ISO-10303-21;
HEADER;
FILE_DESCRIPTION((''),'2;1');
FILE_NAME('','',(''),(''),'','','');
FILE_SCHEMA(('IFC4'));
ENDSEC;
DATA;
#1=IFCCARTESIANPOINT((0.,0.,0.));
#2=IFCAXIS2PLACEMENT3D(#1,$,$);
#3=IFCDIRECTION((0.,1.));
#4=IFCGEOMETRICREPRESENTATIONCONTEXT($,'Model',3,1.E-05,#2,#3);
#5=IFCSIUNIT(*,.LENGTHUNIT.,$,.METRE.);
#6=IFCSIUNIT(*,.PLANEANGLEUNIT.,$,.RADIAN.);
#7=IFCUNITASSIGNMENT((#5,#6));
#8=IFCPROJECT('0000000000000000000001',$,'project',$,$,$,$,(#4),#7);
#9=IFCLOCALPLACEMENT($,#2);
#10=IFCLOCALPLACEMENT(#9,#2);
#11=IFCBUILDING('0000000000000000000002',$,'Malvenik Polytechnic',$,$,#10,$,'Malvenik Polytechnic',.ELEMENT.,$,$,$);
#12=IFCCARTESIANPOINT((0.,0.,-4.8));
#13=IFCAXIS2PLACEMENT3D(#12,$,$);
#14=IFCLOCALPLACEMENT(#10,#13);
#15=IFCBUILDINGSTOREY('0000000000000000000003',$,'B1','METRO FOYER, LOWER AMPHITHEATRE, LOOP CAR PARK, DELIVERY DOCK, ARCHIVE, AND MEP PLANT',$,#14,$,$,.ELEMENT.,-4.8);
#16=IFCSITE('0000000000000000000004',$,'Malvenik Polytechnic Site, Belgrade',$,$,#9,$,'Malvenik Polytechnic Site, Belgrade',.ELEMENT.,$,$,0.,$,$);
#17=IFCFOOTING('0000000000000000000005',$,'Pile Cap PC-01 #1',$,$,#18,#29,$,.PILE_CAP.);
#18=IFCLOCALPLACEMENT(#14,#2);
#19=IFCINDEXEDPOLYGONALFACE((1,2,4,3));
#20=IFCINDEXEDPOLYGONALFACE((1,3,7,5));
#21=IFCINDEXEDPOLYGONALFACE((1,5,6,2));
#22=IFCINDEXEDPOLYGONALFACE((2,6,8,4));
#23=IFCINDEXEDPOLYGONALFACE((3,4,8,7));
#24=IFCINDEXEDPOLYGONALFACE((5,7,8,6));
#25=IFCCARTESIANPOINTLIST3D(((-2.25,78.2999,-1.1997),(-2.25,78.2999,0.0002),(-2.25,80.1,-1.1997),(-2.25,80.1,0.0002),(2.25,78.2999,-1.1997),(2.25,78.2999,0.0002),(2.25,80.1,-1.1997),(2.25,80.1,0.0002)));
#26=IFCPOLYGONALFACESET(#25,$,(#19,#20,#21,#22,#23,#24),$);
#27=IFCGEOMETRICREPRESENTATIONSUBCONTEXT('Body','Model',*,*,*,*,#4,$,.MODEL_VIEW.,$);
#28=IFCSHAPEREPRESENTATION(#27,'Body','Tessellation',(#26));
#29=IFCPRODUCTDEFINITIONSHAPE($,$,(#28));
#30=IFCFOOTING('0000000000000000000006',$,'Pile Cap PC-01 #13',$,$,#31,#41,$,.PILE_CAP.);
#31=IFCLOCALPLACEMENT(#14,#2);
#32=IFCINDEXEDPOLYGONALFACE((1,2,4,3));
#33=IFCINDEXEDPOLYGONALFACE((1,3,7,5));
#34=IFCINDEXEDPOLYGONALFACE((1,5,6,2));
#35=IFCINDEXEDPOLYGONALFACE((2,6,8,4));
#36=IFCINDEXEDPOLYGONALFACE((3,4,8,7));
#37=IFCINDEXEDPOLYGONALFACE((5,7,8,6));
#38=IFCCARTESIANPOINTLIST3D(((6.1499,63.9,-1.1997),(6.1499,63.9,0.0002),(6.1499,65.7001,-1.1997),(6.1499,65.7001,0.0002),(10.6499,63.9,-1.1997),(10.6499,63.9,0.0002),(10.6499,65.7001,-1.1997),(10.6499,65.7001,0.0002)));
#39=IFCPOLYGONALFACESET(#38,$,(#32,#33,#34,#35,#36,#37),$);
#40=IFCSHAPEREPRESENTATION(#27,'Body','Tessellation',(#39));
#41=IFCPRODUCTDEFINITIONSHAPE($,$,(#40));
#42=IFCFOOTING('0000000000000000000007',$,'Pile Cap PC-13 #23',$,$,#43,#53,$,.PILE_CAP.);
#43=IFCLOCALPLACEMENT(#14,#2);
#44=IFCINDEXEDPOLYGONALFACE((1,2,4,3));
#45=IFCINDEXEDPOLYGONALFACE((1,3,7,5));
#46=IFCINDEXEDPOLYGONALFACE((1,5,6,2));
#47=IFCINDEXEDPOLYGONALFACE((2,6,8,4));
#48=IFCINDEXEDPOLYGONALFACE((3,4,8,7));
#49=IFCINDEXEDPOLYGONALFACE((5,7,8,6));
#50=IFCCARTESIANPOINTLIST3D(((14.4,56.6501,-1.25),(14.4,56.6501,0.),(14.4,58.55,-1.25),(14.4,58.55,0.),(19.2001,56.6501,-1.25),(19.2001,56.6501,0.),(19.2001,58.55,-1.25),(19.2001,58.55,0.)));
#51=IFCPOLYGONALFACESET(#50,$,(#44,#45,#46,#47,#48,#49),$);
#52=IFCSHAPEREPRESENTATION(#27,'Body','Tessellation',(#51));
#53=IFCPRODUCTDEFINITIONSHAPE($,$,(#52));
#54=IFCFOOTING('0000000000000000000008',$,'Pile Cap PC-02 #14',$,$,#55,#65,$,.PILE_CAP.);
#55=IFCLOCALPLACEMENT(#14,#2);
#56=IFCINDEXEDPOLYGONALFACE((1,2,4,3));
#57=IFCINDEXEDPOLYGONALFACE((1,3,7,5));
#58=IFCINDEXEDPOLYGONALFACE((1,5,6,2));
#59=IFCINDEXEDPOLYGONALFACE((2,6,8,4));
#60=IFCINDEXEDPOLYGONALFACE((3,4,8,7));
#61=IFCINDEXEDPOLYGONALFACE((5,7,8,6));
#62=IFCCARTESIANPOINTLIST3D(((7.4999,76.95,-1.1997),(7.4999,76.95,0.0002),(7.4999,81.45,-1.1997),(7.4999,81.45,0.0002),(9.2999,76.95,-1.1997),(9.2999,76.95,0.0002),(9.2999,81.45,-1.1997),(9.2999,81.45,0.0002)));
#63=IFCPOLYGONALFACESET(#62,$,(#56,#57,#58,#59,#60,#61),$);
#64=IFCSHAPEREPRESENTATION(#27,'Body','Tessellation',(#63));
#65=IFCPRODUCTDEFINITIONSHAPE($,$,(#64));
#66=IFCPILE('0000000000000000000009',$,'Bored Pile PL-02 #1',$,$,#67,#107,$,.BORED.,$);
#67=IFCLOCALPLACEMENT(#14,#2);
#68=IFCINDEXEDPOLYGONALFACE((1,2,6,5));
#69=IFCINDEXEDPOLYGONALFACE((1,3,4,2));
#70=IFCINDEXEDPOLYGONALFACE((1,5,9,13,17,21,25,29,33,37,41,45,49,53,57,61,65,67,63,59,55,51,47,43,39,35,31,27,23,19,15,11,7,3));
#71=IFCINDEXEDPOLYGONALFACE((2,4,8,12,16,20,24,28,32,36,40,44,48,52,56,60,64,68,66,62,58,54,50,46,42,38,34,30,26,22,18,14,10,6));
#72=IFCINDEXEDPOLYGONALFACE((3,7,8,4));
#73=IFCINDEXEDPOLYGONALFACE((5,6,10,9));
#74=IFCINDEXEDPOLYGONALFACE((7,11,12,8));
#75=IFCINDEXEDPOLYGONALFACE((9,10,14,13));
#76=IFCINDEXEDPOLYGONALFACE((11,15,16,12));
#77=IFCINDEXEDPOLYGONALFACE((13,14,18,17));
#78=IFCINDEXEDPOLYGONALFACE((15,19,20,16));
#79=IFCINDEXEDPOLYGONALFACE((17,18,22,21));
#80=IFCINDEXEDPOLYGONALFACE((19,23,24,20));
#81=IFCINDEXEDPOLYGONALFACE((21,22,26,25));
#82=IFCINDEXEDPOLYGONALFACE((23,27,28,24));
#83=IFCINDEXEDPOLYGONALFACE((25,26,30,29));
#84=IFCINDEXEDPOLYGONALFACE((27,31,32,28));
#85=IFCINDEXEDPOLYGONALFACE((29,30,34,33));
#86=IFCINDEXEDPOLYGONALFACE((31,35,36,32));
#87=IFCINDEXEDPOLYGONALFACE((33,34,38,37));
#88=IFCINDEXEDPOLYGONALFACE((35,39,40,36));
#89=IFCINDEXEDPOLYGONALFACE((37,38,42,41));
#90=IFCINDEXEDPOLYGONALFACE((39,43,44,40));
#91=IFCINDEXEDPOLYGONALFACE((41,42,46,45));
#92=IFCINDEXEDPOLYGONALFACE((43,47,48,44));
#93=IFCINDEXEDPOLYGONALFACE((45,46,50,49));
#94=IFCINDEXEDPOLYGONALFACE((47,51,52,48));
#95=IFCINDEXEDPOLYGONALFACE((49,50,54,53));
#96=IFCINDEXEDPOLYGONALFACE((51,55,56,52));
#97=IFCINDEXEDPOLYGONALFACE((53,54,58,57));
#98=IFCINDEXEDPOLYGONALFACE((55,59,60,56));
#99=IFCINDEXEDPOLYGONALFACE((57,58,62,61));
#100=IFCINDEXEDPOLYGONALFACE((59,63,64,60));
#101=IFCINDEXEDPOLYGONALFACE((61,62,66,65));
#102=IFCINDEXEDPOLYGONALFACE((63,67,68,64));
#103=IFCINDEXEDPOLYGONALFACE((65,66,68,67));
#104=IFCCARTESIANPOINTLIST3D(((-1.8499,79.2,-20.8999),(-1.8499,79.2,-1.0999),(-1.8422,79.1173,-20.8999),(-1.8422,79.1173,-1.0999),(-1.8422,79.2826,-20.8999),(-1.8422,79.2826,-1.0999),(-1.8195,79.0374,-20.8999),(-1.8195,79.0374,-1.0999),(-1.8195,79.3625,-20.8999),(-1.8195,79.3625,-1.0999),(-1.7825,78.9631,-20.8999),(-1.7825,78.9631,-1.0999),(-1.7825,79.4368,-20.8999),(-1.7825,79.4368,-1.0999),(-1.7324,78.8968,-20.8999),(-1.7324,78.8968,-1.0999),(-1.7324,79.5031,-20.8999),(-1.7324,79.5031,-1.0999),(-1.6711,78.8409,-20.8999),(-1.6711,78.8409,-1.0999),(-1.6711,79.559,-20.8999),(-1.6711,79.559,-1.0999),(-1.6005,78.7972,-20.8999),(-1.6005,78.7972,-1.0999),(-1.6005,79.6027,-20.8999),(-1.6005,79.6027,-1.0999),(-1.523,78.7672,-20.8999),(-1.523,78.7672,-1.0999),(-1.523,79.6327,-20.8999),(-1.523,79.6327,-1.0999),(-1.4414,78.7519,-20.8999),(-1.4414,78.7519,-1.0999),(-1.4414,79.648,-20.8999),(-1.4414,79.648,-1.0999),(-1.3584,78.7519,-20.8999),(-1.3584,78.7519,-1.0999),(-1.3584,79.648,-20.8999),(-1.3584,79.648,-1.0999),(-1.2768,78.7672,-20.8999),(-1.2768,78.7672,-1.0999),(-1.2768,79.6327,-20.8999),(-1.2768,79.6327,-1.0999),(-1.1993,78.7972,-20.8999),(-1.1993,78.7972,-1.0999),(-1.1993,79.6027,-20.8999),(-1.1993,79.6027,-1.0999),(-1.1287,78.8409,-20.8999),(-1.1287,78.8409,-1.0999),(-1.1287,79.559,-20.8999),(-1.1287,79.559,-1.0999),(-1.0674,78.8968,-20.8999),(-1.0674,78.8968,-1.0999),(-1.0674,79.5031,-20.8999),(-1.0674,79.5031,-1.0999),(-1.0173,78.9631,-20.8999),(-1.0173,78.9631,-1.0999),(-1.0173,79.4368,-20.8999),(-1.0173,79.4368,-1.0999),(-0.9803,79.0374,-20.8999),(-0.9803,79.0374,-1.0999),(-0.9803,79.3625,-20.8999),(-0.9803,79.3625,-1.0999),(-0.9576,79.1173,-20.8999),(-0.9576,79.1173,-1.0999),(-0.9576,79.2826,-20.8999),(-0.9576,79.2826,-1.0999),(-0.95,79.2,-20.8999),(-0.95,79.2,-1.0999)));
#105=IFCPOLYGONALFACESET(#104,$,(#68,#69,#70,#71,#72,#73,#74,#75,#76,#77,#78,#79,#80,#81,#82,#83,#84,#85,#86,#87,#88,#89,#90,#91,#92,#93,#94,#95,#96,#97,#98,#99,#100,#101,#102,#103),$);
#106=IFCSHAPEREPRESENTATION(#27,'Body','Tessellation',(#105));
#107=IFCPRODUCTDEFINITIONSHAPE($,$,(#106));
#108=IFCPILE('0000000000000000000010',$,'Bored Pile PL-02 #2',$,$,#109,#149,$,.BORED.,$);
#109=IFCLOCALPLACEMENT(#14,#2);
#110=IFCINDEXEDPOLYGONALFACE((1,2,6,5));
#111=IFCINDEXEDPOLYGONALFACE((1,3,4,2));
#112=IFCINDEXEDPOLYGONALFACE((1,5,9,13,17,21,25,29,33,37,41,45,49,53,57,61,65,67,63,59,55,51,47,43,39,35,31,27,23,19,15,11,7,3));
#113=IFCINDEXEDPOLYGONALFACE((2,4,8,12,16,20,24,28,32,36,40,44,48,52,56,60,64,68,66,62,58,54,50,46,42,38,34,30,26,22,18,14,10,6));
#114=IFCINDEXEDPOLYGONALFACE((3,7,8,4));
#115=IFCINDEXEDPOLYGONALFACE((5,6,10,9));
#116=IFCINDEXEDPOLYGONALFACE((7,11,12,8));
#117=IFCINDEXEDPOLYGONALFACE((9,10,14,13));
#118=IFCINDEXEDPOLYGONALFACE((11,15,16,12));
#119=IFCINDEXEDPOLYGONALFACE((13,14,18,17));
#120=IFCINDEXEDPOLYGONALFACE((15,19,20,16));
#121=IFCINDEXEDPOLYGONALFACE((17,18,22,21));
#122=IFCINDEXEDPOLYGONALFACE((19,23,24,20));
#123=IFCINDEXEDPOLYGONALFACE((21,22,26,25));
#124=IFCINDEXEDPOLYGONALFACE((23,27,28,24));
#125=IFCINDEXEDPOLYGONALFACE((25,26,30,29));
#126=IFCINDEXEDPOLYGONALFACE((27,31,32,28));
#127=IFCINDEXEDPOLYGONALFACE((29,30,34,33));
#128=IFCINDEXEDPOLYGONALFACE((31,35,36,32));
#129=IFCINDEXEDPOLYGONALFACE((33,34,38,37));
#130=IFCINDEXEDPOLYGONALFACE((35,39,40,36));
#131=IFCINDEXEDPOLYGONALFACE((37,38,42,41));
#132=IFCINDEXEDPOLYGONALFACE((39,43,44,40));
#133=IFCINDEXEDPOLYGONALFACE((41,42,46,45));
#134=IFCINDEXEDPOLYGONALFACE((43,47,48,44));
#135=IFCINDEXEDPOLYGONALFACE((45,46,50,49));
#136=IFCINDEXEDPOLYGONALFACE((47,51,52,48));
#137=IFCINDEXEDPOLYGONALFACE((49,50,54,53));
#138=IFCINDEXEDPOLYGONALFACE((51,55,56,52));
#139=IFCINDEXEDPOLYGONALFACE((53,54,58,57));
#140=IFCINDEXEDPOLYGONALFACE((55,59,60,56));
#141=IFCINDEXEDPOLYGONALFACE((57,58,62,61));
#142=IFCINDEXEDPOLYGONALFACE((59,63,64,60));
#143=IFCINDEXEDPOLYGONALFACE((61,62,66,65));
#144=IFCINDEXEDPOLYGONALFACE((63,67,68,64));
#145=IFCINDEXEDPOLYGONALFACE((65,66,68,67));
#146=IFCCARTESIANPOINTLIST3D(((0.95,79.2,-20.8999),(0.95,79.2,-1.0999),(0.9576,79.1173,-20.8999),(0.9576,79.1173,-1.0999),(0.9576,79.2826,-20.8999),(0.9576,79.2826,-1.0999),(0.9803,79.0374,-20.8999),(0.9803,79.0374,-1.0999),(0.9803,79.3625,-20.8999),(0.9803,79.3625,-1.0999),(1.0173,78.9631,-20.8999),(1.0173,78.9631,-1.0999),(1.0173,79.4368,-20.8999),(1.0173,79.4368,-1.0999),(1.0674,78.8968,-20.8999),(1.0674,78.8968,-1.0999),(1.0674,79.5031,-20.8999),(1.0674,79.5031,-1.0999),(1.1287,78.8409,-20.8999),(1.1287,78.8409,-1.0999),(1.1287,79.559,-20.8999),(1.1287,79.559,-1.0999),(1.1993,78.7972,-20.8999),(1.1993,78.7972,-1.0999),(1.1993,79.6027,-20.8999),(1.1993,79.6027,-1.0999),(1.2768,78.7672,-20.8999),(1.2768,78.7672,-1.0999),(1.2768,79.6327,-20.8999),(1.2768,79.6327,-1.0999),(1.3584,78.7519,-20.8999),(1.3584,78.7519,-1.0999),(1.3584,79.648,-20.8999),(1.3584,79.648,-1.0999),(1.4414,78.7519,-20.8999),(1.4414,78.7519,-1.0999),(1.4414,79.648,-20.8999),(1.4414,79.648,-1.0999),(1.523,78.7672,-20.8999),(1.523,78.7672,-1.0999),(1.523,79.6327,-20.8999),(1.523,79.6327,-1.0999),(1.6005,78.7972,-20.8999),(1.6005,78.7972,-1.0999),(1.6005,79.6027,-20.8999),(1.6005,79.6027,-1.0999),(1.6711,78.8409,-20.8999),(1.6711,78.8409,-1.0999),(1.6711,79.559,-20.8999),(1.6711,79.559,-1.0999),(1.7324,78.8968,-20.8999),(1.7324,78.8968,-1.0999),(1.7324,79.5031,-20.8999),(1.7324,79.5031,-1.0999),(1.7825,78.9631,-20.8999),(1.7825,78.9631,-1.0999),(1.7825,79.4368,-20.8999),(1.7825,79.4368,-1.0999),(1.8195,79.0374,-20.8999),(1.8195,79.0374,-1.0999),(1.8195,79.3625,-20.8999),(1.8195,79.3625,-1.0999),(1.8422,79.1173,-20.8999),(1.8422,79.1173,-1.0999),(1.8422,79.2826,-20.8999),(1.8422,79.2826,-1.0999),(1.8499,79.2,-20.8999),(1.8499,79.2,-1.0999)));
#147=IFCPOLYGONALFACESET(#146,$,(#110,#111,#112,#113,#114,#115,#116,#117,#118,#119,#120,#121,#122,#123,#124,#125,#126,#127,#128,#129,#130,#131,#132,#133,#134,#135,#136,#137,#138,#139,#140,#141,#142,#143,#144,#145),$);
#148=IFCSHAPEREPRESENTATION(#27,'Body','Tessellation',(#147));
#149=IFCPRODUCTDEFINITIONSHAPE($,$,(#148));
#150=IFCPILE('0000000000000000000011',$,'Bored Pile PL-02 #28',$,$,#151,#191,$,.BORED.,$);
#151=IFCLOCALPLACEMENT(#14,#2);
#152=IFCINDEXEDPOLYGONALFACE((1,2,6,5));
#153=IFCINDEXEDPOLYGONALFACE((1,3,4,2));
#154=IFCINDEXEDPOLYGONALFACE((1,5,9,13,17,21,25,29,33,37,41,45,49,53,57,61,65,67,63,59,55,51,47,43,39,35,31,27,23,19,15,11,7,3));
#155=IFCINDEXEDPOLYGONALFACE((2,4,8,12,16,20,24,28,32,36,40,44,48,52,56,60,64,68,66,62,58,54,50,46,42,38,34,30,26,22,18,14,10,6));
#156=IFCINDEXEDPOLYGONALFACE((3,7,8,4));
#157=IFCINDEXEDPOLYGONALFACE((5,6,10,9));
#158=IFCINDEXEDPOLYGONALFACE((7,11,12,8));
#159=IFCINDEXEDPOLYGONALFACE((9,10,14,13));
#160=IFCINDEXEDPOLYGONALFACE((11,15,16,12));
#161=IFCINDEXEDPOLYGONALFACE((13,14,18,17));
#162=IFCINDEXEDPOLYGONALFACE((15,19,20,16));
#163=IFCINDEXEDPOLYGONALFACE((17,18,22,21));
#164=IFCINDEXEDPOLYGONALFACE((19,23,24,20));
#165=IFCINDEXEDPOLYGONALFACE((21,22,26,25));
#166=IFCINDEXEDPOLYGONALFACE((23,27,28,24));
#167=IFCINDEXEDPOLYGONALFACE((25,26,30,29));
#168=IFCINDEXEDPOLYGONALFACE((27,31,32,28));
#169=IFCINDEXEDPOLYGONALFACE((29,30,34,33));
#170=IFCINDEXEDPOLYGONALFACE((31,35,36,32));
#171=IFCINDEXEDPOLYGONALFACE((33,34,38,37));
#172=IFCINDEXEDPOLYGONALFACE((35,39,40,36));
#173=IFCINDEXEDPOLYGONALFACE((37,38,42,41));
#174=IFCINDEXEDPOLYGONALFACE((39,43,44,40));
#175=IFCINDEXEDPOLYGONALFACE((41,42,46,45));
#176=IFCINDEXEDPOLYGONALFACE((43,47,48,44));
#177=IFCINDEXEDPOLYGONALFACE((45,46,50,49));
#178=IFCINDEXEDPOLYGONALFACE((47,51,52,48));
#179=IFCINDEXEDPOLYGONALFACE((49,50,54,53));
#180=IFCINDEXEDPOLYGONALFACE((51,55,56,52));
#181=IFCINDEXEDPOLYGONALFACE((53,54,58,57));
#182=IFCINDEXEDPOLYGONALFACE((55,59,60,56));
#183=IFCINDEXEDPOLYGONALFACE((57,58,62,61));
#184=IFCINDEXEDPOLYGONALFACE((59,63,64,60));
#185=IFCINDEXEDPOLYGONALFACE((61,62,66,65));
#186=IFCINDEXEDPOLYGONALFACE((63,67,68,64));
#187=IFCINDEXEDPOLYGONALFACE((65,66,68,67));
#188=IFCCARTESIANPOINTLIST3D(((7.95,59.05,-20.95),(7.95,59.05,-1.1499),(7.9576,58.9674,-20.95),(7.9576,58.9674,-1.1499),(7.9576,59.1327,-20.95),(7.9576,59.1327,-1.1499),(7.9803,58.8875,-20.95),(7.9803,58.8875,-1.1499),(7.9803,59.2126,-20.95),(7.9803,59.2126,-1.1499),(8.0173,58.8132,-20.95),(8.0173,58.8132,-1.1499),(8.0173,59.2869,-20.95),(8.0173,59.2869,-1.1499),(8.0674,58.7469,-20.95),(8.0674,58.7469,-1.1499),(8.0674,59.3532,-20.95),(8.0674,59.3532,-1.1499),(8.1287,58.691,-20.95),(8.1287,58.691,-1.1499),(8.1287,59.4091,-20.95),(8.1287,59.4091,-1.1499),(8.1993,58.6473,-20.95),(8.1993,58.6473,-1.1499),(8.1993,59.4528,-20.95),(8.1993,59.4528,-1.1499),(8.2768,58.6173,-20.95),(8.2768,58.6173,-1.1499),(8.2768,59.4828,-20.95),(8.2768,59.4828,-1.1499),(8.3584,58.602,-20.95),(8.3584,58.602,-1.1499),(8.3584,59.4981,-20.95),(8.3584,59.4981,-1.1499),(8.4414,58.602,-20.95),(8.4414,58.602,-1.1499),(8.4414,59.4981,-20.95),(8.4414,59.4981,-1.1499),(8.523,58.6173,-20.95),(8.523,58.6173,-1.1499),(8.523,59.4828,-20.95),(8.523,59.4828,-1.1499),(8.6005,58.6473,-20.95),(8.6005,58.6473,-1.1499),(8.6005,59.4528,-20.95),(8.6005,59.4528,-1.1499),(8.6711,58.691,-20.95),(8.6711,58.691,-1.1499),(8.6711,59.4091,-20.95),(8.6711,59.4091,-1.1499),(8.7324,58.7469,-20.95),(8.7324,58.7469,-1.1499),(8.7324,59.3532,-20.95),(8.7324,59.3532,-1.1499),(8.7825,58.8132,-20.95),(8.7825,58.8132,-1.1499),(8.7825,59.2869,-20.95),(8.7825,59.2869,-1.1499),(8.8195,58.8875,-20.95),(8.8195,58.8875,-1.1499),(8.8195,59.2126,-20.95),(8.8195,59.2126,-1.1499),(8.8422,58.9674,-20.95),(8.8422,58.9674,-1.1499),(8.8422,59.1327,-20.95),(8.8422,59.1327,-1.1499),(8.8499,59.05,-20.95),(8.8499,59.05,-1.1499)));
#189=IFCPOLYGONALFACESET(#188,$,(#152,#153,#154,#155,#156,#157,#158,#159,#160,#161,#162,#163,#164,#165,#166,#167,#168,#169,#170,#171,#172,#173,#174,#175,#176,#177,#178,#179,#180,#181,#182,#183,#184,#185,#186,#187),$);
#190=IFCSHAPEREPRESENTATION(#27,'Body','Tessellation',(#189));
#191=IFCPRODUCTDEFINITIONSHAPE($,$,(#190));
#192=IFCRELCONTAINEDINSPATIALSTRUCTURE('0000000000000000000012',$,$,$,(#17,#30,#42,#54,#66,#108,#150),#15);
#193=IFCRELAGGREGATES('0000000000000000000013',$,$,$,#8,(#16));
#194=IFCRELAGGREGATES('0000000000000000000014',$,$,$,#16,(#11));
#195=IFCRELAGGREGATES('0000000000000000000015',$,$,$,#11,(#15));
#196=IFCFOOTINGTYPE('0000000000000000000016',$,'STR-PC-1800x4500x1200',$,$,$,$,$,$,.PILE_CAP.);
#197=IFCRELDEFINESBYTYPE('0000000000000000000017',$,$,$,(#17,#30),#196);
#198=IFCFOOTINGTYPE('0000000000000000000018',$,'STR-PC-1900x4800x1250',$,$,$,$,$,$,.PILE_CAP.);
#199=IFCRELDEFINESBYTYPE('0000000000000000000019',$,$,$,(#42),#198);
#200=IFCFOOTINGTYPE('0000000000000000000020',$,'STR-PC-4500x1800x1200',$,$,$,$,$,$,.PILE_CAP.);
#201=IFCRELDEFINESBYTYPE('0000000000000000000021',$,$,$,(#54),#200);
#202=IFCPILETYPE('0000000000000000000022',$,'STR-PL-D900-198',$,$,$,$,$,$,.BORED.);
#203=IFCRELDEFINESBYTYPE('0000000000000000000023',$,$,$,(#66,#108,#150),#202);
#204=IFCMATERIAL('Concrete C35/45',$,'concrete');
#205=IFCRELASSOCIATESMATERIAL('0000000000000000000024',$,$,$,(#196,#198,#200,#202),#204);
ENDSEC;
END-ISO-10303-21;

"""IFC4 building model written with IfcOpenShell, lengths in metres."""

from ifc_helpers import new_model, si_unit, direction, frame, origin, origin_2d, place, context, subcontext, project, spatial, rectangle, circle, extrude, material, material_profile, profile_set, type_object, element, save


model = new_model("IFC4")

# Units and contexts
model_context = context("Model", 3, precision=1e-05, world=origin(), true_north=direction((0.0, 1.0)))
body_context = subcontext(model_context, "Body", "Model", "MODEL_VIEW")
ifc_project = project(units=[si_unit("LENGTHUNIT", "METRE"), si_unit("PLANEANGLEUNIT", "RADIAN")], contexts=[model_context])

# Site, building, storey
site_placement = place(None, origin())
site = spatial("IfcSite", under=ifc_project, at=site_placement, Name="Malvenik Polytechnic Site, Belgrade", LongName="Malvenik Polytechnic Site, Belgrade", CompositionType="ELEMENT", RefElevation=0.0)
building_placement = place(site_placement, origin())
building = spatial("IfcBuilding", under=site, at=building_placement, Name="Malvenik Polytechnic", LongName="Malvenik Polytechnic", CompositionType="ELEMENT")
storey_placement = place(building_placement, frame((0.0, 0.0, -4.8)))
storey = spatial("IfcBuildingStorey", under=building, at=storey_placement, Name="B1", Description="METRO FOYER, LOWER AMPHITHEATRE, LOOP CAR PARK, DELIVERY DOCK, ARCHIVE, AND MEP PLANT", CompositionType="ELEMENT", Elevation=-4.8)

# Footings
ifc_material_1 = material(Name="Concrete C35/45", Category="concrete")
footing_type_1 = type_object("IfcFootingType", Name="STR-PC-1800x4500x1200", PredefinedType="PILE_CAP", material=ifc_material_1)
for number, where, z_axis, x_axis, name in (
    (1, (0.0, 79.2, -1.1997), (0.0, 0.0, 1.0), (1.0, 0.0, 0.0), "Pile Cap PC-01 #1"),
    (2, (8.3999, 64.8, -1.1997), (0.0, 0.0, 1.0), (1.0, 0.0, 0.0), "Pile Cap PC-01 #13"),
):
    element("IfcFooting", number, at=place(storey_placement, frame(where, z_axis=z_axis, x_axis=x_axis)), inside=storey, type_object=footing_type_1, Name=name, PredefinedType="PILE_CAP", context=body_context, shape_type="SweptSolid", body=[
        extrude(rectangle(XDim=4.5, YDim=1.8, at=origin_2d()), origin(), (0.0, 0.0, 1.0), 1.2),
    ])
footing_type_2 = type_object("IfcFootingType", Name="STR-PC-1900x4800x1250", PredefinedType="PILE_CAP", material=ifc_material_1)
footing_1_placement = place(storey_placement, frame((16.8, 57.6001, -1.25), z_axis=(0.0, 0.0, 1.0), x_axis=(1.0, 0.0, 0.0)))
element("IfcFooting", 3, at=footing_1_placement, inside=storey, type_object=footing_type_2, Name="Pile Cap PC-13 #23", PredefinedType="PILE_CAP", context=body_context, shape_type="SweptSolid", body=[
    extrude(rectangle(XDim=4.8, YDim=1.8999, at=origin_2d()), origin(), (0.0, 0.0, 1.0), 1.25),
])
footing_type_3 = type_object("IfcFootingType", Name="STR-PC-4500x1800x1200", PredefinedType="PILE_CAP", material=ifc_material_1)
footing_2_placement = place(storey_placement, frame((8.3999, 79.2, -1.1997), z_axis=(0.0, 0.0, 1.0), x_axis=(1.0, 0.0, 0.0)))
element("IfcFooting", 4, at=footing_2_placement, inside=storey, type_object=footing_type_3, Name="Pile Cap PC-02 #14", PredefinedType="PILE_CAP", context=body_context, shape_type="SweptSolid", body=[
    extrude(rectangle(XDim=1.8, YDim=4.5, at=origin_2d()), origin(), (0.0, 0.0, 1.0), 1.2),
])

# Piles
ifc_material_profile_1 = material_profile(ifc_material_1, circle(Radius=0.45, at=origin_2d()), Name="BORED PILE D900")
ifc_profile_set_1 = profile_set([ifc_material_profile_1], Name="Concrete C35/45")
pile_type = type_object("IfcPileType", Name="STR-PL-D900-198", PredefinedType="BORED", material=ifc_profile_set_1)
for number, where, z_axis, x_axis, name in (
    (5, (-1.3999, 79.2, -1.0999), (0.0, 0.0, -1.0), (1.0, 0.0, 0.0), "Bored Pile PL-02 #1"),
    (6, (1.3999, 79.2, -1.0999), (0.0, 0.0, -1.0), (1.0, 0.0, 0.0), "Bored Pile PL-02 #2"),
    (7, (8.3999, 59.05, -1.1499), (0.0, 0.0, -1.0), (1.0, 0.0, 0.0), "Bored Pile PL-02 #28"),
):
    element("IfcPile", number, at=place(storey_placement, frame(where, z_axis=z_axis, x_axis=x_axis)), inside=storey, type_object=pile_type, Name=name, PredefinedType="BORED", context=body_context, shape_type="SweptSolid", body=[
        extrude(circle(Radius=0.45, at=origin_2d()), origin(), (0.0, 0.0, 1.0), 19.8),
    ])

save(model, "model.ifc")
